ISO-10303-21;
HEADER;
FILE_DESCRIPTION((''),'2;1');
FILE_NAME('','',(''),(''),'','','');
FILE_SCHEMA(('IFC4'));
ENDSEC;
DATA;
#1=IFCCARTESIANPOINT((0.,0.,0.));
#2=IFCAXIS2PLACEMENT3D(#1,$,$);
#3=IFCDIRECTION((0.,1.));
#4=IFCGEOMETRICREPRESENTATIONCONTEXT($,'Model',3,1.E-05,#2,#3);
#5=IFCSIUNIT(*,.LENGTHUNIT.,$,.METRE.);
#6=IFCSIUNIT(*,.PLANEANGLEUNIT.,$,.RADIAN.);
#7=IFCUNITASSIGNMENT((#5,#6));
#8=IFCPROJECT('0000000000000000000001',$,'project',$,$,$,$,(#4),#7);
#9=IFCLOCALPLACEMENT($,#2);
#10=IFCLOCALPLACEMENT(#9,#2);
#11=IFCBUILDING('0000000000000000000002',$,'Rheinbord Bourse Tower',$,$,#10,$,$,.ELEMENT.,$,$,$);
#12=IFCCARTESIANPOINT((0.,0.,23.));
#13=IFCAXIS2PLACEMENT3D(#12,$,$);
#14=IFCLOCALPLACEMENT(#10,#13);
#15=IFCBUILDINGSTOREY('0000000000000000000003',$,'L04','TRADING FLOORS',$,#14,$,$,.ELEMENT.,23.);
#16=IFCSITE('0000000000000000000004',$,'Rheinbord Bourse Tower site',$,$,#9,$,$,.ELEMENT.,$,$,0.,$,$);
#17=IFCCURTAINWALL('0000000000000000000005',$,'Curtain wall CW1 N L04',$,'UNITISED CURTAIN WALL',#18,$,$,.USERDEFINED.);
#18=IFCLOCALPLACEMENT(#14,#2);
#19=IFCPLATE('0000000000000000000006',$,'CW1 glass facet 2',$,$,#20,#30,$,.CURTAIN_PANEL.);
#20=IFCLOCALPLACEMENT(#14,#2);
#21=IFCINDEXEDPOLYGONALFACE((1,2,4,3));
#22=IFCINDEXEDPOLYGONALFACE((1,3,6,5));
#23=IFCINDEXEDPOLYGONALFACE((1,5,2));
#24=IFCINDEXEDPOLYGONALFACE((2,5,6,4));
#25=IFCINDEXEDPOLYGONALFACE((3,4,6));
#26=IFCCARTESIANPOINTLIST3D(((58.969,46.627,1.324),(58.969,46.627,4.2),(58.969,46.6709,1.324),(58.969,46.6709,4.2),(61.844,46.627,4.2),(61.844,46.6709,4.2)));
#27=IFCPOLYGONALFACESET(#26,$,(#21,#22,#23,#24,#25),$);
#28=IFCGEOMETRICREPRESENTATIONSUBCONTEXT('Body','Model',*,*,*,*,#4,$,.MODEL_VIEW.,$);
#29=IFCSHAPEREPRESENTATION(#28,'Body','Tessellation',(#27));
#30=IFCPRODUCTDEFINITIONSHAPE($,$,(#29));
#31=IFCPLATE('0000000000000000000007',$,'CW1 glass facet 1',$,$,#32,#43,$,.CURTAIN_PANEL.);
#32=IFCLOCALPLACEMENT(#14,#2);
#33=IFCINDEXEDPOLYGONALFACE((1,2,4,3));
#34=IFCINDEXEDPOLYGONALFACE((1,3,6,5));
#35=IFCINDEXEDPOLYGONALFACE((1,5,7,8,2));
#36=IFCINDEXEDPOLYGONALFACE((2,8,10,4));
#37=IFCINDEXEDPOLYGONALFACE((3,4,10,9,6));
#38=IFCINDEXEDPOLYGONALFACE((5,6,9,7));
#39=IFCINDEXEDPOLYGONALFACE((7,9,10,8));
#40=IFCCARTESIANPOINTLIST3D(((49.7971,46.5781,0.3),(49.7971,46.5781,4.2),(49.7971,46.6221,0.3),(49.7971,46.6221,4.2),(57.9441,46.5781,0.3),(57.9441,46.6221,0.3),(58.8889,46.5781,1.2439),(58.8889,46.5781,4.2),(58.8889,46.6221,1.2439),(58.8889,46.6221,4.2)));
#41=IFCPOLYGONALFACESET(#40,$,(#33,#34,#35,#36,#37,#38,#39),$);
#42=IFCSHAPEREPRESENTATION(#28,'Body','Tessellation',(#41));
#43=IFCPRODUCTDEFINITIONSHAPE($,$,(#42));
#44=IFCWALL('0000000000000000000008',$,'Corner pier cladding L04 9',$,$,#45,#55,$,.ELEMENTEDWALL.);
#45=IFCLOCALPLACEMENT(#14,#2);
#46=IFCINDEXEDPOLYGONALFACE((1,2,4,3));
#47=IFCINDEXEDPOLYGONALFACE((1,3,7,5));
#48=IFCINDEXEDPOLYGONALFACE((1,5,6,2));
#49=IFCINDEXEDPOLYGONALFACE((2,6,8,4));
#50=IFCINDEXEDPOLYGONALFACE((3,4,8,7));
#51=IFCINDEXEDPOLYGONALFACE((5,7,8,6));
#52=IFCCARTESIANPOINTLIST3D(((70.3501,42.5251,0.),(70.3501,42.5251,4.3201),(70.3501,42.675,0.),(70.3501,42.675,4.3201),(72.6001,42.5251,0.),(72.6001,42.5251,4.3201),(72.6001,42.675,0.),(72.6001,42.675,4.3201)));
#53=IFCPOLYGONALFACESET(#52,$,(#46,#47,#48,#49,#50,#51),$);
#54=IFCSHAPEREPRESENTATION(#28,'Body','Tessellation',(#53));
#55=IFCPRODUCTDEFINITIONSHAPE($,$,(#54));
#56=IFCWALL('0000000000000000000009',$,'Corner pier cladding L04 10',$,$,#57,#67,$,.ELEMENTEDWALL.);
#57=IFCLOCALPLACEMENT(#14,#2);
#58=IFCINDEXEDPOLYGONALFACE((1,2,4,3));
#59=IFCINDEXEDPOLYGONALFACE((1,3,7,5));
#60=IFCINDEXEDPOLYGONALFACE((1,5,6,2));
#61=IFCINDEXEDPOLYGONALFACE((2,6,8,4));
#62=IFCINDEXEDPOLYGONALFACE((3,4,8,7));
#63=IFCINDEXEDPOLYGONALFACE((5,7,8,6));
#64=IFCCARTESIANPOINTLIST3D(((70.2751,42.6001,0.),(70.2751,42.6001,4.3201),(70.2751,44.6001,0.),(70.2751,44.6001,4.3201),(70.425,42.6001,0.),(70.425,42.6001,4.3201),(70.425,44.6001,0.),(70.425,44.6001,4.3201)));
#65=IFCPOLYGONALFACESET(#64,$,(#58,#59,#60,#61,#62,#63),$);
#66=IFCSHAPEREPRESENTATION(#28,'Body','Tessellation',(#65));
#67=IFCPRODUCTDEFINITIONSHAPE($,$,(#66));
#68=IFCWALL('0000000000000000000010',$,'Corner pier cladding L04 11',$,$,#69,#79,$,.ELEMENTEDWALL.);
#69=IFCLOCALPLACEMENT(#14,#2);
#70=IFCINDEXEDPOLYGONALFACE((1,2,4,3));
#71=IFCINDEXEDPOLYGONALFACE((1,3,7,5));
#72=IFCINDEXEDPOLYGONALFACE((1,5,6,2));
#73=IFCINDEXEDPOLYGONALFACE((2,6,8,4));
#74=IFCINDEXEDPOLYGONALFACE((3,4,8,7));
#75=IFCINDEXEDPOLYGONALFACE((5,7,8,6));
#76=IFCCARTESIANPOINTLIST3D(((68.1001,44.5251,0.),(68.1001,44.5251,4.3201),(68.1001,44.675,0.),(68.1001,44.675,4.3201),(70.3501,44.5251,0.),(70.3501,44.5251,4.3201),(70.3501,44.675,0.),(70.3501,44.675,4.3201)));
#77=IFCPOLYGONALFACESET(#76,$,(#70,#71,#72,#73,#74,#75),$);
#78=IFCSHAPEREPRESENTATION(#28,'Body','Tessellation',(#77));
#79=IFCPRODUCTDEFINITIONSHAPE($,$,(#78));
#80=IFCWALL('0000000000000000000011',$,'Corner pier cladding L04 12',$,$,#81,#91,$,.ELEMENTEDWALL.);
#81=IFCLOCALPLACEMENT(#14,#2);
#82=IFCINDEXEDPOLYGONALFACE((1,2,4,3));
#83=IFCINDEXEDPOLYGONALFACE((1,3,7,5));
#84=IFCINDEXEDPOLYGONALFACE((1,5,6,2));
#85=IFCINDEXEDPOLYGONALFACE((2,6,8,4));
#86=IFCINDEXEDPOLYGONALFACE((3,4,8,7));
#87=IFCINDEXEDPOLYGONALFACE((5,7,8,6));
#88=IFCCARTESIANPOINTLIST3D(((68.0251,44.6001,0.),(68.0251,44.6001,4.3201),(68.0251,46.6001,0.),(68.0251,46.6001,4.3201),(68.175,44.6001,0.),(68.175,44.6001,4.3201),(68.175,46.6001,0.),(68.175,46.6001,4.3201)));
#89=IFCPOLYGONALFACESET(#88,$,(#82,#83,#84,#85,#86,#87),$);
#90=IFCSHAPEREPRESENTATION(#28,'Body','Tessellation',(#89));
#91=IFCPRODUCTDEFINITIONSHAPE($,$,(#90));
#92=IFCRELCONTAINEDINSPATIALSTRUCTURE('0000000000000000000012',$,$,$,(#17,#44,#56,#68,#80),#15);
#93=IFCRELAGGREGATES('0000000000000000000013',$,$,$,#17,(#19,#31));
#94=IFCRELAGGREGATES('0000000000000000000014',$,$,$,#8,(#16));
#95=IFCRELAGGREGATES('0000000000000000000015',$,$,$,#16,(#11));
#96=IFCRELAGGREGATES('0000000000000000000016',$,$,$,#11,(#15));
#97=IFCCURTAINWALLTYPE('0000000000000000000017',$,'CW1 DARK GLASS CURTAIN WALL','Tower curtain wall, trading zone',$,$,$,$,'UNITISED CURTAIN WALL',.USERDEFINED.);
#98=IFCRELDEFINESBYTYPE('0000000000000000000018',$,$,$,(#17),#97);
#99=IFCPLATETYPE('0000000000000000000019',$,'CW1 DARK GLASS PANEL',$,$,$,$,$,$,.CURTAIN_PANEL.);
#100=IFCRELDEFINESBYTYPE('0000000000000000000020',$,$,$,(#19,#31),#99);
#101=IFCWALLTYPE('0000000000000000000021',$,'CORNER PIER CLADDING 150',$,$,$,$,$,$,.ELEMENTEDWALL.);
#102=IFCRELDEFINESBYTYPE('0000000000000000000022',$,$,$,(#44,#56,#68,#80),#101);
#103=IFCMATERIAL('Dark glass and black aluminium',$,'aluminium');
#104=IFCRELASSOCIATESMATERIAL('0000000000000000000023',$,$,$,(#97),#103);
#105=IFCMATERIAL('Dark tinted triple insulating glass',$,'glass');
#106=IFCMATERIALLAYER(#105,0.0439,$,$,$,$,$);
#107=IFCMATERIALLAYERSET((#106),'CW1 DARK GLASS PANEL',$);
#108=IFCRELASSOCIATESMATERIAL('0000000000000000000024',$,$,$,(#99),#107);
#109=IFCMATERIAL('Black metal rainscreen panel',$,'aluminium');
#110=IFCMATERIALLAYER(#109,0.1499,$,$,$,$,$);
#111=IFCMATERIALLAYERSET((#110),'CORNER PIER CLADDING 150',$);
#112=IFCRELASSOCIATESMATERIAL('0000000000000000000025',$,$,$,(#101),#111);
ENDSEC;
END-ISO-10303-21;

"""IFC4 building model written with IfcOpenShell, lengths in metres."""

from ifc_helpers import new_model, si_unit, direction, frame, frame_2d, origin, place, context, subcontext, project, spatial, polyline, rectangle, outline, extrude, material, layer, layer_set, type_object, element, aggregate, save


model = new_model("IFC4")

# Units and contexts
model_context = context("Model", 3, precision=1e-05, world=origin(), true_north=direction((0.0, 1.0)))
body_context = subcontext(model_context, "Body", "Model", "MODEL_VIEW")
ifc_project = project(units=[si_unit("LENGTHUNIT", "METRE"), si_unit("PLANEANGLEUNIT", "RADIAN")], contexts=[model_context])

# Site, building, storey
site_placement = place(None, origin())
site = spatial("IfcSite", under=ifc_project, at=site_placement, Name="Rheinbord Bourse Tower site", CompositionType="ELEMENT", RefElevation=0.0)
building_placement = place(site_placement, origin())
building = spatial("IfcBuilding", under=site, at=building_placement, Name="Rheinbord Bourse Tower", CompositionType="ELEMENT")
storey_placement = place(building_placement, frame((0.0, 0.0, 23.0)))
storey = spatial("IfcBuildingStorey", under=building, at=storey_placement, Name="L04", Description="TRADING FLOORS", CompositionType="ELEMENT", Elevation=23.0)

# Curtain wall
ifc_material_1 = material(Name="Dark glass and black aluminium", Category="aluminium")
curtain_wall_type = type_object("IfcCurtainWallType", Name="CW1 DARK GLASS CURTAIN WALL", Description="Tower curtain wall, trading zone", ElementType="UNITISED CURTAIN WALL", PredefinedType="USERDEFINED", material=ifc_material_1)
curtain_wall_1_placement = place(storey_placement, origin())
curtain_wall_1 = element("IfcCurtainWall", 1, at=curtain_wall_1_placement, inside=storey, type_object=curtain_wall_type, Name="Curtain wall CW1 N L04", ObjectType="UNITISED CURTAIN WALL", PredefinedType="USERDEFINED")

# Plates
ifc_material_2 = material(Name="Dark tinted triple insulating glass", Category="glass")
ifc_layer_1 = layer(ifc_material_2, 0.0439)
ifc_layer_set_1 = layer_set([ifc_layer_1], Name="CW1 DARK GLASS PANEL")
plate_type = type_object("IfcPlateType", Name="CW1 DARK GLASS PANEL", PredefinedType="CURTAIN_PANEL", material=ifc_layer_set_1)
plate_1_placement = place(storey_placement, frame((58.969, 46.6709, 4.2), z_axis=(0.0, -1.0, 0.0), x_axis=(0.0, 0.0, -1.0)))
plate_1 = element("IfcPlate", 2, at=plate_1_placement, type_object=plate_type, Name="CW1 glass facet 2", PredefinedType="CURTAIN_PANEL", context=body_context, shape_type="SweptSolid", body=[
    extrude(outline(polyline([(0.0, 0.0), (2.876, 0.0), (0.0, 2.875), (0.0, 0.0)])), origin(), (0.0, 0.0, 1.0), 0.0439),
])
plate_2_placement = place(storey_placement, frame((58.8889, 46.6221, 4.2), z_axis=(0.0, -1.0, 0.0), x_axis=(-1.0, 0.0, 0.0)))
plate_2 = element("IfcPlate", 3, at=plate_2_placement, type_object=plate_type, Name="CW1 glass facet 1", PredefinedType="CURTAIN_PANEL", context=body_context, shape_type="SweptSolid", body=[
    extrude(outline(polyline([(0.0, 0.0), (9.0918, 0.0), (9.0918, 3.8999), (0.9448, 3.8999), (0.0, 2.9561), (0.0, 0.0)])), origin(), (0.0, 0.0, 1.0), 0.0439),
])
aggregate(curtain_wall_1, [plate_1, plate_2])

# Walls
ifc_material_3 = material(Name="Black metal rainscreen panel", Category="aluminium")
ifc_layer_2 = layer(ifc_material_3, 0.1499)
ifc_layer_set_2 = layer_set([ifc_layer_2], Name="CORNER PIER CLADDING 150")
wall_type = type_object("IfcWallType", Name="CORNER PIER CLADDING 150", PredefinedType="ELEMENTEDWALL", material=ifc_layer_set_2)
wall_1_placement = place(storey_placement, frame((72.6001, 42.6001, 0.0), z_axis=(0.0, 0.0, 1.0), x_axis=(-1.0, 0.0, 0.0)))
element("IfcWall", 4, at=wall_1_placement, inside=storey, type_object=wall_type, Name="Corner pier cladding L04 9", PredefinedType="ELEMENTEDWALL", context=body_context, shape_type="SweptSolid", body=[
    extrude(rectangle(XDim=2.25, YDim=0.1499, at=frame_2d((1.125, 0.0))), origin(), (0.0, 0.0, 1.0), 4.3201),
])
wall_2_placement = place(storey_placement, frame((70.3501, 42.6001, 0.0), z_axis=(0.0, 0.0, 1.0), x_axis=(0.0, 1.0, 0.0)))
element("IfcWall", 5, at=wall_2_placement, inside=storey, type_object=wall_type, Name="Corner pier cladding L04 10", PredefinedType="ELEMENTEDWALL", context=body_context, shape_type="SweptSolid", body=[
    extrude(rectangle(XDim=2.0, YDim=0.1499, at=frame_2d((1.0, 0.0))), origin(), (0.0, 0.0, 1.0), 4.3201),
])
wall_3_placement = place(storey_placement, frame((70.3501, 44.6001, 0.0), z_axis=(0.0, 0.0, 1.0), x_axis=(-1.0, 0.0, 0.0)))
element("IfcWall", 6, at=wall_3_placement, inside=storey, type_object=wall_type, Name="Corner pier cladding L04 11", PredefinedType="ELEMENTEDWALL", context=body_context, shape_type="SweptSolid", body=[
    extrude(rectangle(XDim=2.25, YDim=0.1499, at=frame_2d((1.125, 0.0))), origin(), (0.0, 0.0, 1.0), 4.3201),
])
wall_4_placement = place(storey_placement, frame((68.1001, 44.6001, 0.0), z_axis=(0.0, 0.0, 1.0), x_axis=(0.0, 1.0, 0.0)))
element("IfcWall", 7, at=wall_4_placement, inside=storey, type_object=wall_type, Name="Corner pier cladding L04 12", PredefinedType="ELEMENTEDWALL", context=body_context, shape_type="SweptSolid", body=[
    extrude(rectangle(XDim=2.0, YDim=0.1499, at=frame_2d((1.0, 0.0))), origin(), (0.0, 0.0, 1.0), 4.3201),
])

save(model, "model.ifc")
